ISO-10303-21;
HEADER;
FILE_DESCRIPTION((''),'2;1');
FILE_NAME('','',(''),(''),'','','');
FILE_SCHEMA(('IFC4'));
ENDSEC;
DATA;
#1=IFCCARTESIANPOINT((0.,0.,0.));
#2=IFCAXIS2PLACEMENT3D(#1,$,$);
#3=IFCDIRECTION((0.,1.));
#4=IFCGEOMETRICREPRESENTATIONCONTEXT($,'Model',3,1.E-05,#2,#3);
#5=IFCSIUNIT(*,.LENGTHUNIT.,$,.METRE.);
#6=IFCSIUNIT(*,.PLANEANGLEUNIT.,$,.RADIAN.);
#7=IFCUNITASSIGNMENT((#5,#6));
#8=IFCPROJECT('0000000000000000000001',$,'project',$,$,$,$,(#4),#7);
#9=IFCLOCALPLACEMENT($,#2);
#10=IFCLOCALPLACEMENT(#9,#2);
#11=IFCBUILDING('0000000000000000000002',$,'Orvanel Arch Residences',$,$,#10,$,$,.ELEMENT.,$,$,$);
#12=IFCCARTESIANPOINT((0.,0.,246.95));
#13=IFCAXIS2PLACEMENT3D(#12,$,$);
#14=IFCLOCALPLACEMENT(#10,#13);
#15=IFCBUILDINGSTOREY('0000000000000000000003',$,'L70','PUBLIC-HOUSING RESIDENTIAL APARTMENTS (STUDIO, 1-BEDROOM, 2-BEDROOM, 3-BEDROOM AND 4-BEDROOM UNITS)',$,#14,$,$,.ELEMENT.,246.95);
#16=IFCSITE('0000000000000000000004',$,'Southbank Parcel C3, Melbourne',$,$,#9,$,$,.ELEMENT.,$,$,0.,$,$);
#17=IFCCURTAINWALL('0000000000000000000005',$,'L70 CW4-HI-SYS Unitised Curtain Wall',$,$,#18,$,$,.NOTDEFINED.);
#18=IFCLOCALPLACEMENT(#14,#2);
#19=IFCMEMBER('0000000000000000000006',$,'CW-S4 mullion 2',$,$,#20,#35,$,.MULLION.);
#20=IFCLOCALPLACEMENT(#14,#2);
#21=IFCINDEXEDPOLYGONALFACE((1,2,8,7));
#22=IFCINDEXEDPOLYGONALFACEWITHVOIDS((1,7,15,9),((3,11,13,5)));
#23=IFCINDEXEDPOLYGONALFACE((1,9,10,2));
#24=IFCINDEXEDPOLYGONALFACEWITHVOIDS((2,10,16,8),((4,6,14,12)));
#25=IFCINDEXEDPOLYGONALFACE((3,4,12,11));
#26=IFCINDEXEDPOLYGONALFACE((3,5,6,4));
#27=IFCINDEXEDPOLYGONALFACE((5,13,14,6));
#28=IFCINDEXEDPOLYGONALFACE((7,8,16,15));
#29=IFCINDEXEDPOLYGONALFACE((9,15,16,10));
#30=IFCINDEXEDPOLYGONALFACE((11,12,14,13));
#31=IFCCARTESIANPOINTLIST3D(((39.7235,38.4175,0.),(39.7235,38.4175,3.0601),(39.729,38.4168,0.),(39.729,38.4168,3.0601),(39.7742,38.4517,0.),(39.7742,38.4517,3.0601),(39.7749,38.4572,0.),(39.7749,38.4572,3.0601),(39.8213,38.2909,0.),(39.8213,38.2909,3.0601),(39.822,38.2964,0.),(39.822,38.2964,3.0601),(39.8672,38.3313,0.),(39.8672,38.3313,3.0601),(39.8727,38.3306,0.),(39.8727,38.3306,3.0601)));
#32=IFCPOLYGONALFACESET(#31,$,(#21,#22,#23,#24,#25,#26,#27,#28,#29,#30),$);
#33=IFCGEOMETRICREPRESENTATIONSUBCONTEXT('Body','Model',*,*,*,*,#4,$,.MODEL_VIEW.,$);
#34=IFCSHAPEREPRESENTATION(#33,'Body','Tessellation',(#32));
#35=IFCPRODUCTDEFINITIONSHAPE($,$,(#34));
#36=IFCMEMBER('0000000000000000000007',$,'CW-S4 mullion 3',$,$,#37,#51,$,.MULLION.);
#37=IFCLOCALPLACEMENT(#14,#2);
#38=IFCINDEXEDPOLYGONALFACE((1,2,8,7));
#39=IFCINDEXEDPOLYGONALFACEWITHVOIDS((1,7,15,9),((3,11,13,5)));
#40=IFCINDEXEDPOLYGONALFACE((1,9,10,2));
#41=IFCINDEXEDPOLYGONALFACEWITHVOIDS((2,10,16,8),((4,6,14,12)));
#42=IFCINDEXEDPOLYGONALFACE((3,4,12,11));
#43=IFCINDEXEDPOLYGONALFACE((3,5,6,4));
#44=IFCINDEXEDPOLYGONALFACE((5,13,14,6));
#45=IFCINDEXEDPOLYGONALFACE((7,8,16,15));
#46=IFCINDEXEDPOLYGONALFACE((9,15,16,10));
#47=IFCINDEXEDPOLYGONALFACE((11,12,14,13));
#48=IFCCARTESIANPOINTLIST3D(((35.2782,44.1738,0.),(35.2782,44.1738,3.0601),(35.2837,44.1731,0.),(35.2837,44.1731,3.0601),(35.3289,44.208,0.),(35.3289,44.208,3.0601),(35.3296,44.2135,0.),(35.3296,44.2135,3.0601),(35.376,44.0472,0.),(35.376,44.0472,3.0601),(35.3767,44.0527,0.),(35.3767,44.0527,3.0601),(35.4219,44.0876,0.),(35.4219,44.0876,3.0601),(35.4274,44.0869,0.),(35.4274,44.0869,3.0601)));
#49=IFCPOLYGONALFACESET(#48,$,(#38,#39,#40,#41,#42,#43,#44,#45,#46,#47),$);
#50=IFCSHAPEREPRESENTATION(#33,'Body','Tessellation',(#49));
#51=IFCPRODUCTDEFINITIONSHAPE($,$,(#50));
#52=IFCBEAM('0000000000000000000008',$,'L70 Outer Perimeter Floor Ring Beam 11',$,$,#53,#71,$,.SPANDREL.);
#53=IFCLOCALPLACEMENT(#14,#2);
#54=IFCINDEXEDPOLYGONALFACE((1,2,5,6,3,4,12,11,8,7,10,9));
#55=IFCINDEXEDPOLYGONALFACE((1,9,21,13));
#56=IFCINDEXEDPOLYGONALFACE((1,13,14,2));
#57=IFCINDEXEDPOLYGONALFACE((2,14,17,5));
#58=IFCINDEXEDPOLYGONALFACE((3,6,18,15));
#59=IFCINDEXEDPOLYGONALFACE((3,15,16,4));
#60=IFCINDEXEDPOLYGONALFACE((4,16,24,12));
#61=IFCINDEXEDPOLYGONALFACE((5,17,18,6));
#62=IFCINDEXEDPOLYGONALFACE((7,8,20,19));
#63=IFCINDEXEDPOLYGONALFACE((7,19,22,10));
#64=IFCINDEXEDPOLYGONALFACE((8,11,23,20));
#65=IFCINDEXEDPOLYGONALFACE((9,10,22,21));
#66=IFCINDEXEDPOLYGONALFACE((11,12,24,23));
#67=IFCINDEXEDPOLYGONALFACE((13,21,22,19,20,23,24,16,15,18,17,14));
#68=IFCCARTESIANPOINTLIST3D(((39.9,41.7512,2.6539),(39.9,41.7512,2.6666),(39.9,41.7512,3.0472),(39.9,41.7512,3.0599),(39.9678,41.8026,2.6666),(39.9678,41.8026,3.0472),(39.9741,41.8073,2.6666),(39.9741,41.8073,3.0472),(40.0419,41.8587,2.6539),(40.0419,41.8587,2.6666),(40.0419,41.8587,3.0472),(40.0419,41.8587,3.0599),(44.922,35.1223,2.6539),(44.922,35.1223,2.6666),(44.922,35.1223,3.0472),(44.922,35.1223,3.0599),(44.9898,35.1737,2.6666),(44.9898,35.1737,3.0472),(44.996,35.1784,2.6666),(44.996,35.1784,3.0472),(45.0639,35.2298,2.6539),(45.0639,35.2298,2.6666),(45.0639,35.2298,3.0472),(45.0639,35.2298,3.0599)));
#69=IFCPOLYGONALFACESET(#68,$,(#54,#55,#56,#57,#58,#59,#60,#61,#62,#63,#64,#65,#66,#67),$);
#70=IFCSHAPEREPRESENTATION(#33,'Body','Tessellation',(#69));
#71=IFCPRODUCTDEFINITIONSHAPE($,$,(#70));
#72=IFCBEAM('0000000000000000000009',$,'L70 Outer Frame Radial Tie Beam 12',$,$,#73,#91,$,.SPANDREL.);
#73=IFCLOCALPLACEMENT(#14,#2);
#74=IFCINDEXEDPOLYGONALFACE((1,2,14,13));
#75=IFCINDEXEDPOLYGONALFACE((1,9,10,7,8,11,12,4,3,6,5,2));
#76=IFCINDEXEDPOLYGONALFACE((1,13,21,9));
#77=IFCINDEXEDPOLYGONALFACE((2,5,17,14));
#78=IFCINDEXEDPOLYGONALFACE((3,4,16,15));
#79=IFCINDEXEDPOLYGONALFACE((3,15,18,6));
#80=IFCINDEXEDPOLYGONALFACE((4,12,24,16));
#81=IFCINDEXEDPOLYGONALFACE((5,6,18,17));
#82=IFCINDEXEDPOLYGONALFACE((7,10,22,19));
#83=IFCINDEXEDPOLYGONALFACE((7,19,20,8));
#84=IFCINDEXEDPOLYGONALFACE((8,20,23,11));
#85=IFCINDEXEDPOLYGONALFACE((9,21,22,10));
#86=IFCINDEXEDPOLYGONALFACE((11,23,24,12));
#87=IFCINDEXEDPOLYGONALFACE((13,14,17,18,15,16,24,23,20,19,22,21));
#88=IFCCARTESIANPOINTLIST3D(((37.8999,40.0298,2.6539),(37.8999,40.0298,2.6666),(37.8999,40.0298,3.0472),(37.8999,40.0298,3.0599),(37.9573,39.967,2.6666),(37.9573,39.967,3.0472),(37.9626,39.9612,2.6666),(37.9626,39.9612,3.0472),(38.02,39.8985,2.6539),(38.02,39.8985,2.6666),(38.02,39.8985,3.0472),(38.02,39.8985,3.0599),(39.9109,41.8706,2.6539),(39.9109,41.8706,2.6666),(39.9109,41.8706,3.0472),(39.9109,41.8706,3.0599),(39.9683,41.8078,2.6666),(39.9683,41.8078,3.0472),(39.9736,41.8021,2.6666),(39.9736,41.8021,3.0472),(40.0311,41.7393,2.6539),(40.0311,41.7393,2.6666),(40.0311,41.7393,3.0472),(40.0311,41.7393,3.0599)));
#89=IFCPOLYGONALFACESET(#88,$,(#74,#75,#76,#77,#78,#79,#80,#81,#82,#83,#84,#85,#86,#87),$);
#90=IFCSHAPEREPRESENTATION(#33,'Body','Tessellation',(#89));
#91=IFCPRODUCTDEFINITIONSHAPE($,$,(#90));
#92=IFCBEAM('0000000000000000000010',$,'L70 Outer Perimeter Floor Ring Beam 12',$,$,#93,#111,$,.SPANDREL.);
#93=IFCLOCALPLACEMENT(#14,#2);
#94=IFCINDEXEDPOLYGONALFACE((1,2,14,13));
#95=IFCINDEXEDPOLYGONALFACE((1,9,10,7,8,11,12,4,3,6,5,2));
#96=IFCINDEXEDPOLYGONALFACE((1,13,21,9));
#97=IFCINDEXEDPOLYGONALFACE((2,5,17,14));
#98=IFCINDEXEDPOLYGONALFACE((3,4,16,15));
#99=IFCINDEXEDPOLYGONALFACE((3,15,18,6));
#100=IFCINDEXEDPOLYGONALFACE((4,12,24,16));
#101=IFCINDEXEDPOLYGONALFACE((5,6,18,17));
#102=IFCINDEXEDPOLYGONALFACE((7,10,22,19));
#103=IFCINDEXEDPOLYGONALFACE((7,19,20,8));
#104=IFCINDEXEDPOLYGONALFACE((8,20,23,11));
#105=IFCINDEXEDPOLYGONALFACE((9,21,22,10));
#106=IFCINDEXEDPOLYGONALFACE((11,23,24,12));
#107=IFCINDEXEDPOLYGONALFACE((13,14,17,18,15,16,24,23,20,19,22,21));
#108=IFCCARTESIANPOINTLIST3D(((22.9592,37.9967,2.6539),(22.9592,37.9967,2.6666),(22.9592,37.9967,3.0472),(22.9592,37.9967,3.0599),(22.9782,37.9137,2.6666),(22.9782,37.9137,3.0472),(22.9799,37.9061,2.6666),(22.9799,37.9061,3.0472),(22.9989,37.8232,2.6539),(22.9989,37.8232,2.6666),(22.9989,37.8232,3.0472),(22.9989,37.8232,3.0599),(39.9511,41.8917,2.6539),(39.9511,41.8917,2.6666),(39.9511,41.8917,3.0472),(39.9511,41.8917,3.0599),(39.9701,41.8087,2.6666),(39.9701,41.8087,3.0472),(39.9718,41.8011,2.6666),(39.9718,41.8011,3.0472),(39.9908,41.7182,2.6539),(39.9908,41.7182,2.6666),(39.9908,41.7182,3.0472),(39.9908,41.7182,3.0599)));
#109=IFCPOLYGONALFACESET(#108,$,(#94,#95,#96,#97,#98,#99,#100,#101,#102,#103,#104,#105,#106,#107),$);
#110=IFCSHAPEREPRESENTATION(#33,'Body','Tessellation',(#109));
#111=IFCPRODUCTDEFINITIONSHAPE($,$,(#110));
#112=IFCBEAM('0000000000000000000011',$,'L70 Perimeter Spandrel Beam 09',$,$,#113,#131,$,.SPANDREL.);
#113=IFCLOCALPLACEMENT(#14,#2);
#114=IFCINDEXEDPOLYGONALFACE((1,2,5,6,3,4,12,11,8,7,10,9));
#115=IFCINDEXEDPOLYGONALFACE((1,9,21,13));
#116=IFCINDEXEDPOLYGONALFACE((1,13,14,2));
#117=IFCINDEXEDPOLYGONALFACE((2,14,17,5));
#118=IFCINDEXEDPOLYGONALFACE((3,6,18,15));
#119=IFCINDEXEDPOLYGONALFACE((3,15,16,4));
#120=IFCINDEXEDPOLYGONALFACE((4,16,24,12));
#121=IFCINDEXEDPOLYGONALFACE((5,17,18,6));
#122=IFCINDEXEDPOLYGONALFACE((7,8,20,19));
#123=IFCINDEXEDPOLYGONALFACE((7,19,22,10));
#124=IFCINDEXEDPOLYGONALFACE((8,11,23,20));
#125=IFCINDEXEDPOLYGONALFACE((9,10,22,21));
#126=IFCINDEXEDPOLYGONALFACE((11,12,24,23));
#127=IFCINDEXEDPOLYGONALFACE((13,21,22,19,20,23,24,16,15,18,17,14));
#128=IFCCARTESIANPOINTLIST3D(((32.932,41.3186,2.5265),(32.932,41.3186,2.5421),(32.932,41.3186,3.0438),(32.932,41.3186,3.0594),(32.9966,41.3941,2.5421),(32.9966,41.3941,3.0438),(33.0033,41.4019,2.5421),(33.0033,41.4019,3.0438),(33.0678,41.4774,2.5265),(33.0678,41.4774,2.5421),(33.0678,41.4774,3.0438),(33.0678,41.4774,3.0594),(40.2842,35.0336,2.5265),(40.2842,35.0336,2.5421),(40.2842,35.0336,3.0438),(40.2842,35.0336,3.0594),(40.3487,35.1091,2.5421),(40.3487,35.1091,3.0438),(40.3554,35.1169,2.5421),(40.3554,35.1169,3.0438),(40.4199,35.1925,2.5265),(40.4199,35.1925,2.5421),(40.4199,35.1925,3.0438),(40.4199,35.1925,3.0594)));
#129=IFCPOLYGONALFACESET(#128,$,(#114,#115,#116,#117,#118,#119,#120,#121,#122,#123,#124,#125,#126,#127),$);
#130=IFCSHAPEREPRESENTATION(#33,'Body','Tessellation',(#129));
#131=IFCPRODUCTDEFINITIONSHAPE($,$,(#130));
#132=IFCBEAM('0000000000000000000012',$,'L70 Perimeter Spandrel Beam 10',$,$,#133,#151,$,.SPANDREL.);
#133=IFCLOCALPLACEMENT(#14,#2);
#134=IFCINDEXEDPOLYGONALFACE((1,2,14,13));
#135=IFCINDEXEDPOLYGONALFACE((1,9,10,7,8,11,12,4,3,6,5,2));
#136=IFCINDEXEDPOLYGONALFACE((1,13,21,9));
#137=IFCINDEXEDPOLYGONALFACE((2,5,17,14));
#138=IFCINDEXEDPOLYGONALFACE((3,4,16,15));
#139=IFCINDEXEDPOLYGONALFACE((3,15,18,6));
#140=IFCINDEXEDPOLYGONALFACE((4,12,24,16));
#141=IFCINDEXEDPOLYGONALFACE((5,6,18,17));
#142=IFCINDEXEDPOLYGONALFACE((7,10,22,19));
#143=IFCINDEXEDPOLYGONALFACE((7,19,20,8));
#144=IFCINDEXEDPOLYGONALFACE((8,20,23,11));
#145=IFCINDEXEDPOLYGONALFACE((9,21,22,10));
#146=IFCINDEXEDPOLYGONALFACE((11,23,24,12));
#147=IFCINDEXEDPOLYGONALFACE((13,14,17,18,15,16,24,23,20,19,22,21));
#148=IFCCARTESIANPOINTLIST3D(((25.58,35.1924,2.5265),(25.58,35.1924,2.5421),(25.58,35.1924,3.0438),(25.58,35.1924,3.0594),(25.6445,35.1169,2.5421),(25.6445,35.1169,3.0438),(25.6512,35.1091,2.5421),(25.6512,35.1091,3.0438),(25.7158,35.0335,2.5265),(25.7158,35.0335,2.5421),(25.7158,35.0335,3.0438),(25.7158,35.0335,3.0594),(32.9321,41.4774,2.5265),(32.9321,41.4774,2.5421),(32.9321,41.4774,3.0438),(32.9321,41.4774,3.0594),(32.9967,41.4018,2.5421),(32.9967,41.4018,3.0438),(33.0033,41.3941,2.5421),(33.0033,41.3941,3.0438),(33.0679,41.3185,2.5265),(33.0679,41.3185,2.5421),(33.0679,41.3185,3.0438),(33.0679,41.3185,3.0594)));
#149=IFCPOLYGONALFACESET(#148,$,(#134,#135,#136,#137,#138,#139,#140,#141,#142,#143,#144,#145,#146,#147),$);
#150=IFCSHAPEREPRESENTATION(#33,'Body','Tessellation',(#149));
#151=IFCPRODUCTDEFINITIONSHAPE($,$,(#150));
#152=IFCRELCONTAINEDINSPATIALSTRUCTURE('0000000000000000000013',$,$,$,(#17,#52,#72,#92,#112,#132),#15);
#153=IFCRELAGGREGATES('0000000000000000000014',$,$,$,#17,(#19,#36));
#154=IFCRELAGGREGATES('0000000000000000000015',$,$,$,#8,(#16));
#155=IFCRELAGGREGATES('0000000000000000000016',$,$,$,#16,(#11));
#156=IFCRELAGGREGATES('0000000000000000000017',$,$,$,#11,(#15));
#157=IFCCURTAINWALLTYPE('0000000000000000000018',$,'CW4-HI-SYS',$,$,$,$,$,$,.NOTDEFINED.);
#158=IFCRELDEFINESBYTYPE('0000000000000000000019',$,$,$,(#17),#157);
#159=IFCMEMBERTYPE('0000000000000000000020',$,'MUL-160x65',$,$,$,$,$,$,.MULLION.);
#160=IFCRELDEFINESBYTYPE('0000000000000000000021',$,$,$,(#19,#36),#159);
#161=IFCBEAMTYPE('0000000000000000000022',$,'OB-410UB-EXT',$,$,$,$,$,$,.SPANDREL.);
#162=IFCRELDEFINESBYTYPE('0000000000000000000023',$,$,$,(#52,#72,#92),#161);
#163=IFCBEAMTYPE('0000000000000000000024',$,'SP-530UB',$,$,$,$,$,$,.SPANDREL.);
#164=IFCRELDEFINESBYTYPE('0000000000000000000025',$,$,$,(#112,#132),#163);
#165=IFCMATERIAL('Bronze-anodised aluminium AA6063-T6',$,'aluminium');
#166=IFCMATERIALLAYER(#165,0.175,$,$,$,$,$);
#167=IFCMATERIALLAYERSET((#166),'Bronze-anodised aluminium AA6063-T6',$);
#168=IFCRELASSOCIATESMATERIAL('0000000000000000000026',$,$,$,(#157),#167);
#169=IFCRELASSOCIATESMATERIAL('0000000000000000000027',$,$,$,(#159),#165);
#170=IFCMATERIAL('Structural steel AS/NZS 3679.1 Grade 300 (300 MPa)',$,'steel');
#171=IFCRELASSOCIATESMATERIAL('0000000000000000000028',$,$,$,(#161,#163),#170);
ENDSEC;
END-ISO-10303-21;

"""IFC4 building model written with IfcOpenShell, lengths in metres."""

from ifc_helpers import new_model, si_unit, direction, frame, origin, origin_2d, place, context, subcontext, project, spatial, hollow_rectangle, i_section, extrude, material, layer, layer_set, material_profile, profile_set, type_object, element, aggregate, save


model = new_model("IFC4")

# Units and contexts
model_context = context("Model", 3, precision=1e-05, world=origin(), true_north=direction((0.0, 1.0)))
body_context = subcontext(model_context, "Body", "Model", "MODEL_VIEW")
ifc_project = project(units=[si_unit("LENGTHUNIT", "METRE"), si_unit("PLANEANGLEUNIT", "RADIAN")], contexts=[model_context])

# Site, building, storey
site_placement = place(None, origin())
site = spatial("IfcSite", under=ifc_project, at=site_placement, Name="Southbank Parcel C3, Melbourne", CompositionType="ELEMENT", RefElevation=0.0)
building_placement = place(site_placement, origin())
building = spatial("IfcBuilding", under=site, at=building_placement, Name="Orvanel Arch Residences", CompositionType="ELEMENT")
storey_placement = place(building_placement, frame((0.0, 0.0, 246.95)))
storey = spatial("IfcBuildingStorey", under=building, at=storey_placement, Name="L70", Description="PUBLIC-HOUSING RESIDENTIAL APARTMENTS (STUDIO, 1-BEDROOM, 2-BEDROOM, 3-BEDROOM AND 4-BEDROOM UNITS)", CompositionType="ELEMENT", Elevation=246.95)

# Shared definitions
ifc_material_1 = material(Name="Structural steel AS/NZS 3679.1 Grade 300 (300 MPa)", Category="steel")

# Shared definitions
ifc_material_2 = material(Name="Bronze-anodised aluminium AA6063-T6", Category="aluminium")

# Curtain wall, members
ifc_layer_1 = layer(ifc_material_2, 0.175)
ifc_layer_set_1 = layer_set([ifc_layer_1], Name="Bronze-anodised aluminium AA6063-T6")
curtain_wall_type_1 = type_object("IfcCurtainWallType", Name="CW4-HI-SYS", PredefinedType="NOTDEFINED", material=ifc_layer_set_1)
curtain_wall_1_placement = place(storey_placement, origin())
curtain_wall_1 = element("IfcCurtainWall", 1, at=curtain_wall_1_placement, inside=storey, type_object=curtain_wall_type_1, Name="L70 CW4-HI-SYS Unitised Curtain Wall", PredefinedType="NOTDEFINED")
ifc_material_profile_1 = material_profile(ifc_material_2, hollow_rectangle(XDim=0.0649, YDim=0.1599, WallThickness=0.0039, at=origin_2d()), Name="ALU160x65x4")
ifc_profile_set_1 = profile_set([ifc_material_profile_1], Name="Bronze-anodised aluminium AA6063-T6")
member_type_1 = type_object("IfcMemberType", Name="MUL-160x65", PredefinedType="MULLION", material=ifc_profile_set_1)
member_1_placement = place(storey_placement, frame((39.7981, 38.374, 0.0), z_axis=(0.0, 0.0, 1.0), x_axis=(-0.791478, -0.611198, 0.0)))
member_1 = element("IfcMember", 2, at=member_1_placement, type_object=member_type_1, Name="CW-S4 mullion 2", PredefinedType="MULLION", context=body_context, shape_type="SweptSolid", body=[
    extrude(hollow_rectangle(XDim=0.0649, YDim=0.1599, WallThickness=0.0039, at=origin_2d()), origin(), (0.0, 0.0, 1.0), 3.0601),
])
member_2_placement = place(storey_placement, frame((35.3528, 44.1304, 0.0), z_axis=(0.0, 0.0, 1.0), x_axis=(-0.791478, -0.611198, 0.0)))
member_2 = element("IfcMember", 3, at=member_2_placement, type_object=member_type_1, Name="CW-S4 mullion 3", PredefinedType="MULLION", context=body_context, shape_type="SweptSolid", body=[
    extrude(hollow_rectangle(XDim=0.0649, YDim=0.1599, WallThickness=0.0039, at=origin_2d()), origin(), (0.0, 0.0, 1.0), 3.0601),
])

# Beams
ifc_material_profile_2 = material_profile(ifc_material_1, i_section(OverallWidth=0.178, OverallDepth=0.406, WebThickness=0.0078, FlangeThickness=0.0127, at=origin_2d()), Name="410UB59.7")
ifc_profile_set_2 = profile_set([ifc_material_profile_2], Name="Structural steel AS/NZS 3679.1 Grade 300 (300 MPa)")
beam_type_1 = type_object("IfcBeamType", Name="OB-410UB-EXT", PredefinedType="SPANDREL", material=ifc_profile_set_2)
beam_1_placement = place(storey_placement, frame((44.9929, 35.176, 2.8569), z_axis=(-0.603863, 0.797088, 0.0), x_axis=(-0.797088, -0.603863, 0.0)))
element("IfcBeam", 4, at=beam_1_placement, inside=storey, type_object=beam_type_1, Name="L70 Outer Perimeter Floor Ring Beam 11", PredefinedType="SPANDREL", context=body_context, shape_type="SweptSolid", body=[
    extrude(i_section(OverallWidth=0.178, OverallDepth=0.406, WebThickness=0.0078, FlangeThickness=0.0127, at=origin_2d()), origin(), (0.0, 0.0, 1.0), 8.3164),
])
beam_2_placement = place(storey_placement, frame((37.96, 39.9641, 2.8569), z_axis=(0.737626, 0.675209, 0.0), x_axis=(-0.675209, 0.737626, 0.0)))
element("IfcBeam", 5, at=beam_2_placement, inside=storey, type_object=beam_type_1, Name="L70 Outer Frame Radial Tie Beam 12", PredefinedType="SPANDREL", context=body_context, shape_type="SweptSolid", body=[
    extrude(i_section(OverallWidth=0.178, OverallDepth=0.406, WebThickness=0.0078, FlangeThickness=0.0127, at=origin_2d()), origin(), (0.0, 0.0, 1.0), 2.7263),
])
beam_3_placement = place(storey_placement, frame((39.9709, 41.8049, 2.8569), z_axis=(-0.974719, -0.223432, 0.0), x_axis=(0.223432, -0.974719, 0.0)))
element("IfcBeam", 6, at=beam_3_placement, inside=storey, type_object=beam_type_1, Name="L70 Outer Perimeter Floor Ring Beam 12", PredefinedType="SPANDREL", context=body_context, shape_type="SweptSolid", body=[
    extrude(i_section(OverallWidth=0.178, OverallDepth=0.406, WebThickness=0.0078, FlangeThickness=0.0127, at=origin_2d()), origin(), (0.0, 0.0, 1.0), 17.4326),
])
ifc_material_profile_3 = material_profile(ifc_material_1, i_section(OverallWidth=0.209, OverallDepth=0.533, WebThickness=0.0103, FlangeThickness=0.0156, at=origin_2d()), Name="530UB92.4")
ifc_profile_set_3 = profile_set([ifc_material_profile_3], Name="Structural steel AS/NZS 3679.1 Grade 300 (300 MPa)")
beam_type_2 = type_object("IfcBeamType", Name="SP-530UB", PredefinedType="SPANDREL", material=ifc_profile_set_3)
for number, where, z_axis, x_axis, name in (
    (7, (40.3521, 35.113, 2.793), (-0.760117, 0.649787, 0.0), (-0.649787, -0.760117, 0.0), "L70 Perimeter Spandrel Beam 09"),
    (8, (33.0, 41.3979, 2.793), (-0.760117, -0.649787, 0.0), (0.649787, -0.760117, 0.0), "L70 Perimeter Spandrel Beam 10"),
):
    element("IfcBeam", number, at=place(storey_placement, frame(where, z_axis=z_axis, x_axis=x_axis)), inside=storey, type_object=beam_type_2, Name=name, PredefinedType="SPANDREL", context=body_context, shape_type="SweptSolid", body=[
        extrude(i_section(OverallWidth=0.209, OverallDepth=0.533, WebThickness=0.0103, FlangeThickness=0.0156, at=origin_2d()), origin(), (0.0, 0.0, 1.0), 9.6724),
    ])

aggregate(curtain_wall_1, [member_1, member_2])

save(model, "model.ifc")
